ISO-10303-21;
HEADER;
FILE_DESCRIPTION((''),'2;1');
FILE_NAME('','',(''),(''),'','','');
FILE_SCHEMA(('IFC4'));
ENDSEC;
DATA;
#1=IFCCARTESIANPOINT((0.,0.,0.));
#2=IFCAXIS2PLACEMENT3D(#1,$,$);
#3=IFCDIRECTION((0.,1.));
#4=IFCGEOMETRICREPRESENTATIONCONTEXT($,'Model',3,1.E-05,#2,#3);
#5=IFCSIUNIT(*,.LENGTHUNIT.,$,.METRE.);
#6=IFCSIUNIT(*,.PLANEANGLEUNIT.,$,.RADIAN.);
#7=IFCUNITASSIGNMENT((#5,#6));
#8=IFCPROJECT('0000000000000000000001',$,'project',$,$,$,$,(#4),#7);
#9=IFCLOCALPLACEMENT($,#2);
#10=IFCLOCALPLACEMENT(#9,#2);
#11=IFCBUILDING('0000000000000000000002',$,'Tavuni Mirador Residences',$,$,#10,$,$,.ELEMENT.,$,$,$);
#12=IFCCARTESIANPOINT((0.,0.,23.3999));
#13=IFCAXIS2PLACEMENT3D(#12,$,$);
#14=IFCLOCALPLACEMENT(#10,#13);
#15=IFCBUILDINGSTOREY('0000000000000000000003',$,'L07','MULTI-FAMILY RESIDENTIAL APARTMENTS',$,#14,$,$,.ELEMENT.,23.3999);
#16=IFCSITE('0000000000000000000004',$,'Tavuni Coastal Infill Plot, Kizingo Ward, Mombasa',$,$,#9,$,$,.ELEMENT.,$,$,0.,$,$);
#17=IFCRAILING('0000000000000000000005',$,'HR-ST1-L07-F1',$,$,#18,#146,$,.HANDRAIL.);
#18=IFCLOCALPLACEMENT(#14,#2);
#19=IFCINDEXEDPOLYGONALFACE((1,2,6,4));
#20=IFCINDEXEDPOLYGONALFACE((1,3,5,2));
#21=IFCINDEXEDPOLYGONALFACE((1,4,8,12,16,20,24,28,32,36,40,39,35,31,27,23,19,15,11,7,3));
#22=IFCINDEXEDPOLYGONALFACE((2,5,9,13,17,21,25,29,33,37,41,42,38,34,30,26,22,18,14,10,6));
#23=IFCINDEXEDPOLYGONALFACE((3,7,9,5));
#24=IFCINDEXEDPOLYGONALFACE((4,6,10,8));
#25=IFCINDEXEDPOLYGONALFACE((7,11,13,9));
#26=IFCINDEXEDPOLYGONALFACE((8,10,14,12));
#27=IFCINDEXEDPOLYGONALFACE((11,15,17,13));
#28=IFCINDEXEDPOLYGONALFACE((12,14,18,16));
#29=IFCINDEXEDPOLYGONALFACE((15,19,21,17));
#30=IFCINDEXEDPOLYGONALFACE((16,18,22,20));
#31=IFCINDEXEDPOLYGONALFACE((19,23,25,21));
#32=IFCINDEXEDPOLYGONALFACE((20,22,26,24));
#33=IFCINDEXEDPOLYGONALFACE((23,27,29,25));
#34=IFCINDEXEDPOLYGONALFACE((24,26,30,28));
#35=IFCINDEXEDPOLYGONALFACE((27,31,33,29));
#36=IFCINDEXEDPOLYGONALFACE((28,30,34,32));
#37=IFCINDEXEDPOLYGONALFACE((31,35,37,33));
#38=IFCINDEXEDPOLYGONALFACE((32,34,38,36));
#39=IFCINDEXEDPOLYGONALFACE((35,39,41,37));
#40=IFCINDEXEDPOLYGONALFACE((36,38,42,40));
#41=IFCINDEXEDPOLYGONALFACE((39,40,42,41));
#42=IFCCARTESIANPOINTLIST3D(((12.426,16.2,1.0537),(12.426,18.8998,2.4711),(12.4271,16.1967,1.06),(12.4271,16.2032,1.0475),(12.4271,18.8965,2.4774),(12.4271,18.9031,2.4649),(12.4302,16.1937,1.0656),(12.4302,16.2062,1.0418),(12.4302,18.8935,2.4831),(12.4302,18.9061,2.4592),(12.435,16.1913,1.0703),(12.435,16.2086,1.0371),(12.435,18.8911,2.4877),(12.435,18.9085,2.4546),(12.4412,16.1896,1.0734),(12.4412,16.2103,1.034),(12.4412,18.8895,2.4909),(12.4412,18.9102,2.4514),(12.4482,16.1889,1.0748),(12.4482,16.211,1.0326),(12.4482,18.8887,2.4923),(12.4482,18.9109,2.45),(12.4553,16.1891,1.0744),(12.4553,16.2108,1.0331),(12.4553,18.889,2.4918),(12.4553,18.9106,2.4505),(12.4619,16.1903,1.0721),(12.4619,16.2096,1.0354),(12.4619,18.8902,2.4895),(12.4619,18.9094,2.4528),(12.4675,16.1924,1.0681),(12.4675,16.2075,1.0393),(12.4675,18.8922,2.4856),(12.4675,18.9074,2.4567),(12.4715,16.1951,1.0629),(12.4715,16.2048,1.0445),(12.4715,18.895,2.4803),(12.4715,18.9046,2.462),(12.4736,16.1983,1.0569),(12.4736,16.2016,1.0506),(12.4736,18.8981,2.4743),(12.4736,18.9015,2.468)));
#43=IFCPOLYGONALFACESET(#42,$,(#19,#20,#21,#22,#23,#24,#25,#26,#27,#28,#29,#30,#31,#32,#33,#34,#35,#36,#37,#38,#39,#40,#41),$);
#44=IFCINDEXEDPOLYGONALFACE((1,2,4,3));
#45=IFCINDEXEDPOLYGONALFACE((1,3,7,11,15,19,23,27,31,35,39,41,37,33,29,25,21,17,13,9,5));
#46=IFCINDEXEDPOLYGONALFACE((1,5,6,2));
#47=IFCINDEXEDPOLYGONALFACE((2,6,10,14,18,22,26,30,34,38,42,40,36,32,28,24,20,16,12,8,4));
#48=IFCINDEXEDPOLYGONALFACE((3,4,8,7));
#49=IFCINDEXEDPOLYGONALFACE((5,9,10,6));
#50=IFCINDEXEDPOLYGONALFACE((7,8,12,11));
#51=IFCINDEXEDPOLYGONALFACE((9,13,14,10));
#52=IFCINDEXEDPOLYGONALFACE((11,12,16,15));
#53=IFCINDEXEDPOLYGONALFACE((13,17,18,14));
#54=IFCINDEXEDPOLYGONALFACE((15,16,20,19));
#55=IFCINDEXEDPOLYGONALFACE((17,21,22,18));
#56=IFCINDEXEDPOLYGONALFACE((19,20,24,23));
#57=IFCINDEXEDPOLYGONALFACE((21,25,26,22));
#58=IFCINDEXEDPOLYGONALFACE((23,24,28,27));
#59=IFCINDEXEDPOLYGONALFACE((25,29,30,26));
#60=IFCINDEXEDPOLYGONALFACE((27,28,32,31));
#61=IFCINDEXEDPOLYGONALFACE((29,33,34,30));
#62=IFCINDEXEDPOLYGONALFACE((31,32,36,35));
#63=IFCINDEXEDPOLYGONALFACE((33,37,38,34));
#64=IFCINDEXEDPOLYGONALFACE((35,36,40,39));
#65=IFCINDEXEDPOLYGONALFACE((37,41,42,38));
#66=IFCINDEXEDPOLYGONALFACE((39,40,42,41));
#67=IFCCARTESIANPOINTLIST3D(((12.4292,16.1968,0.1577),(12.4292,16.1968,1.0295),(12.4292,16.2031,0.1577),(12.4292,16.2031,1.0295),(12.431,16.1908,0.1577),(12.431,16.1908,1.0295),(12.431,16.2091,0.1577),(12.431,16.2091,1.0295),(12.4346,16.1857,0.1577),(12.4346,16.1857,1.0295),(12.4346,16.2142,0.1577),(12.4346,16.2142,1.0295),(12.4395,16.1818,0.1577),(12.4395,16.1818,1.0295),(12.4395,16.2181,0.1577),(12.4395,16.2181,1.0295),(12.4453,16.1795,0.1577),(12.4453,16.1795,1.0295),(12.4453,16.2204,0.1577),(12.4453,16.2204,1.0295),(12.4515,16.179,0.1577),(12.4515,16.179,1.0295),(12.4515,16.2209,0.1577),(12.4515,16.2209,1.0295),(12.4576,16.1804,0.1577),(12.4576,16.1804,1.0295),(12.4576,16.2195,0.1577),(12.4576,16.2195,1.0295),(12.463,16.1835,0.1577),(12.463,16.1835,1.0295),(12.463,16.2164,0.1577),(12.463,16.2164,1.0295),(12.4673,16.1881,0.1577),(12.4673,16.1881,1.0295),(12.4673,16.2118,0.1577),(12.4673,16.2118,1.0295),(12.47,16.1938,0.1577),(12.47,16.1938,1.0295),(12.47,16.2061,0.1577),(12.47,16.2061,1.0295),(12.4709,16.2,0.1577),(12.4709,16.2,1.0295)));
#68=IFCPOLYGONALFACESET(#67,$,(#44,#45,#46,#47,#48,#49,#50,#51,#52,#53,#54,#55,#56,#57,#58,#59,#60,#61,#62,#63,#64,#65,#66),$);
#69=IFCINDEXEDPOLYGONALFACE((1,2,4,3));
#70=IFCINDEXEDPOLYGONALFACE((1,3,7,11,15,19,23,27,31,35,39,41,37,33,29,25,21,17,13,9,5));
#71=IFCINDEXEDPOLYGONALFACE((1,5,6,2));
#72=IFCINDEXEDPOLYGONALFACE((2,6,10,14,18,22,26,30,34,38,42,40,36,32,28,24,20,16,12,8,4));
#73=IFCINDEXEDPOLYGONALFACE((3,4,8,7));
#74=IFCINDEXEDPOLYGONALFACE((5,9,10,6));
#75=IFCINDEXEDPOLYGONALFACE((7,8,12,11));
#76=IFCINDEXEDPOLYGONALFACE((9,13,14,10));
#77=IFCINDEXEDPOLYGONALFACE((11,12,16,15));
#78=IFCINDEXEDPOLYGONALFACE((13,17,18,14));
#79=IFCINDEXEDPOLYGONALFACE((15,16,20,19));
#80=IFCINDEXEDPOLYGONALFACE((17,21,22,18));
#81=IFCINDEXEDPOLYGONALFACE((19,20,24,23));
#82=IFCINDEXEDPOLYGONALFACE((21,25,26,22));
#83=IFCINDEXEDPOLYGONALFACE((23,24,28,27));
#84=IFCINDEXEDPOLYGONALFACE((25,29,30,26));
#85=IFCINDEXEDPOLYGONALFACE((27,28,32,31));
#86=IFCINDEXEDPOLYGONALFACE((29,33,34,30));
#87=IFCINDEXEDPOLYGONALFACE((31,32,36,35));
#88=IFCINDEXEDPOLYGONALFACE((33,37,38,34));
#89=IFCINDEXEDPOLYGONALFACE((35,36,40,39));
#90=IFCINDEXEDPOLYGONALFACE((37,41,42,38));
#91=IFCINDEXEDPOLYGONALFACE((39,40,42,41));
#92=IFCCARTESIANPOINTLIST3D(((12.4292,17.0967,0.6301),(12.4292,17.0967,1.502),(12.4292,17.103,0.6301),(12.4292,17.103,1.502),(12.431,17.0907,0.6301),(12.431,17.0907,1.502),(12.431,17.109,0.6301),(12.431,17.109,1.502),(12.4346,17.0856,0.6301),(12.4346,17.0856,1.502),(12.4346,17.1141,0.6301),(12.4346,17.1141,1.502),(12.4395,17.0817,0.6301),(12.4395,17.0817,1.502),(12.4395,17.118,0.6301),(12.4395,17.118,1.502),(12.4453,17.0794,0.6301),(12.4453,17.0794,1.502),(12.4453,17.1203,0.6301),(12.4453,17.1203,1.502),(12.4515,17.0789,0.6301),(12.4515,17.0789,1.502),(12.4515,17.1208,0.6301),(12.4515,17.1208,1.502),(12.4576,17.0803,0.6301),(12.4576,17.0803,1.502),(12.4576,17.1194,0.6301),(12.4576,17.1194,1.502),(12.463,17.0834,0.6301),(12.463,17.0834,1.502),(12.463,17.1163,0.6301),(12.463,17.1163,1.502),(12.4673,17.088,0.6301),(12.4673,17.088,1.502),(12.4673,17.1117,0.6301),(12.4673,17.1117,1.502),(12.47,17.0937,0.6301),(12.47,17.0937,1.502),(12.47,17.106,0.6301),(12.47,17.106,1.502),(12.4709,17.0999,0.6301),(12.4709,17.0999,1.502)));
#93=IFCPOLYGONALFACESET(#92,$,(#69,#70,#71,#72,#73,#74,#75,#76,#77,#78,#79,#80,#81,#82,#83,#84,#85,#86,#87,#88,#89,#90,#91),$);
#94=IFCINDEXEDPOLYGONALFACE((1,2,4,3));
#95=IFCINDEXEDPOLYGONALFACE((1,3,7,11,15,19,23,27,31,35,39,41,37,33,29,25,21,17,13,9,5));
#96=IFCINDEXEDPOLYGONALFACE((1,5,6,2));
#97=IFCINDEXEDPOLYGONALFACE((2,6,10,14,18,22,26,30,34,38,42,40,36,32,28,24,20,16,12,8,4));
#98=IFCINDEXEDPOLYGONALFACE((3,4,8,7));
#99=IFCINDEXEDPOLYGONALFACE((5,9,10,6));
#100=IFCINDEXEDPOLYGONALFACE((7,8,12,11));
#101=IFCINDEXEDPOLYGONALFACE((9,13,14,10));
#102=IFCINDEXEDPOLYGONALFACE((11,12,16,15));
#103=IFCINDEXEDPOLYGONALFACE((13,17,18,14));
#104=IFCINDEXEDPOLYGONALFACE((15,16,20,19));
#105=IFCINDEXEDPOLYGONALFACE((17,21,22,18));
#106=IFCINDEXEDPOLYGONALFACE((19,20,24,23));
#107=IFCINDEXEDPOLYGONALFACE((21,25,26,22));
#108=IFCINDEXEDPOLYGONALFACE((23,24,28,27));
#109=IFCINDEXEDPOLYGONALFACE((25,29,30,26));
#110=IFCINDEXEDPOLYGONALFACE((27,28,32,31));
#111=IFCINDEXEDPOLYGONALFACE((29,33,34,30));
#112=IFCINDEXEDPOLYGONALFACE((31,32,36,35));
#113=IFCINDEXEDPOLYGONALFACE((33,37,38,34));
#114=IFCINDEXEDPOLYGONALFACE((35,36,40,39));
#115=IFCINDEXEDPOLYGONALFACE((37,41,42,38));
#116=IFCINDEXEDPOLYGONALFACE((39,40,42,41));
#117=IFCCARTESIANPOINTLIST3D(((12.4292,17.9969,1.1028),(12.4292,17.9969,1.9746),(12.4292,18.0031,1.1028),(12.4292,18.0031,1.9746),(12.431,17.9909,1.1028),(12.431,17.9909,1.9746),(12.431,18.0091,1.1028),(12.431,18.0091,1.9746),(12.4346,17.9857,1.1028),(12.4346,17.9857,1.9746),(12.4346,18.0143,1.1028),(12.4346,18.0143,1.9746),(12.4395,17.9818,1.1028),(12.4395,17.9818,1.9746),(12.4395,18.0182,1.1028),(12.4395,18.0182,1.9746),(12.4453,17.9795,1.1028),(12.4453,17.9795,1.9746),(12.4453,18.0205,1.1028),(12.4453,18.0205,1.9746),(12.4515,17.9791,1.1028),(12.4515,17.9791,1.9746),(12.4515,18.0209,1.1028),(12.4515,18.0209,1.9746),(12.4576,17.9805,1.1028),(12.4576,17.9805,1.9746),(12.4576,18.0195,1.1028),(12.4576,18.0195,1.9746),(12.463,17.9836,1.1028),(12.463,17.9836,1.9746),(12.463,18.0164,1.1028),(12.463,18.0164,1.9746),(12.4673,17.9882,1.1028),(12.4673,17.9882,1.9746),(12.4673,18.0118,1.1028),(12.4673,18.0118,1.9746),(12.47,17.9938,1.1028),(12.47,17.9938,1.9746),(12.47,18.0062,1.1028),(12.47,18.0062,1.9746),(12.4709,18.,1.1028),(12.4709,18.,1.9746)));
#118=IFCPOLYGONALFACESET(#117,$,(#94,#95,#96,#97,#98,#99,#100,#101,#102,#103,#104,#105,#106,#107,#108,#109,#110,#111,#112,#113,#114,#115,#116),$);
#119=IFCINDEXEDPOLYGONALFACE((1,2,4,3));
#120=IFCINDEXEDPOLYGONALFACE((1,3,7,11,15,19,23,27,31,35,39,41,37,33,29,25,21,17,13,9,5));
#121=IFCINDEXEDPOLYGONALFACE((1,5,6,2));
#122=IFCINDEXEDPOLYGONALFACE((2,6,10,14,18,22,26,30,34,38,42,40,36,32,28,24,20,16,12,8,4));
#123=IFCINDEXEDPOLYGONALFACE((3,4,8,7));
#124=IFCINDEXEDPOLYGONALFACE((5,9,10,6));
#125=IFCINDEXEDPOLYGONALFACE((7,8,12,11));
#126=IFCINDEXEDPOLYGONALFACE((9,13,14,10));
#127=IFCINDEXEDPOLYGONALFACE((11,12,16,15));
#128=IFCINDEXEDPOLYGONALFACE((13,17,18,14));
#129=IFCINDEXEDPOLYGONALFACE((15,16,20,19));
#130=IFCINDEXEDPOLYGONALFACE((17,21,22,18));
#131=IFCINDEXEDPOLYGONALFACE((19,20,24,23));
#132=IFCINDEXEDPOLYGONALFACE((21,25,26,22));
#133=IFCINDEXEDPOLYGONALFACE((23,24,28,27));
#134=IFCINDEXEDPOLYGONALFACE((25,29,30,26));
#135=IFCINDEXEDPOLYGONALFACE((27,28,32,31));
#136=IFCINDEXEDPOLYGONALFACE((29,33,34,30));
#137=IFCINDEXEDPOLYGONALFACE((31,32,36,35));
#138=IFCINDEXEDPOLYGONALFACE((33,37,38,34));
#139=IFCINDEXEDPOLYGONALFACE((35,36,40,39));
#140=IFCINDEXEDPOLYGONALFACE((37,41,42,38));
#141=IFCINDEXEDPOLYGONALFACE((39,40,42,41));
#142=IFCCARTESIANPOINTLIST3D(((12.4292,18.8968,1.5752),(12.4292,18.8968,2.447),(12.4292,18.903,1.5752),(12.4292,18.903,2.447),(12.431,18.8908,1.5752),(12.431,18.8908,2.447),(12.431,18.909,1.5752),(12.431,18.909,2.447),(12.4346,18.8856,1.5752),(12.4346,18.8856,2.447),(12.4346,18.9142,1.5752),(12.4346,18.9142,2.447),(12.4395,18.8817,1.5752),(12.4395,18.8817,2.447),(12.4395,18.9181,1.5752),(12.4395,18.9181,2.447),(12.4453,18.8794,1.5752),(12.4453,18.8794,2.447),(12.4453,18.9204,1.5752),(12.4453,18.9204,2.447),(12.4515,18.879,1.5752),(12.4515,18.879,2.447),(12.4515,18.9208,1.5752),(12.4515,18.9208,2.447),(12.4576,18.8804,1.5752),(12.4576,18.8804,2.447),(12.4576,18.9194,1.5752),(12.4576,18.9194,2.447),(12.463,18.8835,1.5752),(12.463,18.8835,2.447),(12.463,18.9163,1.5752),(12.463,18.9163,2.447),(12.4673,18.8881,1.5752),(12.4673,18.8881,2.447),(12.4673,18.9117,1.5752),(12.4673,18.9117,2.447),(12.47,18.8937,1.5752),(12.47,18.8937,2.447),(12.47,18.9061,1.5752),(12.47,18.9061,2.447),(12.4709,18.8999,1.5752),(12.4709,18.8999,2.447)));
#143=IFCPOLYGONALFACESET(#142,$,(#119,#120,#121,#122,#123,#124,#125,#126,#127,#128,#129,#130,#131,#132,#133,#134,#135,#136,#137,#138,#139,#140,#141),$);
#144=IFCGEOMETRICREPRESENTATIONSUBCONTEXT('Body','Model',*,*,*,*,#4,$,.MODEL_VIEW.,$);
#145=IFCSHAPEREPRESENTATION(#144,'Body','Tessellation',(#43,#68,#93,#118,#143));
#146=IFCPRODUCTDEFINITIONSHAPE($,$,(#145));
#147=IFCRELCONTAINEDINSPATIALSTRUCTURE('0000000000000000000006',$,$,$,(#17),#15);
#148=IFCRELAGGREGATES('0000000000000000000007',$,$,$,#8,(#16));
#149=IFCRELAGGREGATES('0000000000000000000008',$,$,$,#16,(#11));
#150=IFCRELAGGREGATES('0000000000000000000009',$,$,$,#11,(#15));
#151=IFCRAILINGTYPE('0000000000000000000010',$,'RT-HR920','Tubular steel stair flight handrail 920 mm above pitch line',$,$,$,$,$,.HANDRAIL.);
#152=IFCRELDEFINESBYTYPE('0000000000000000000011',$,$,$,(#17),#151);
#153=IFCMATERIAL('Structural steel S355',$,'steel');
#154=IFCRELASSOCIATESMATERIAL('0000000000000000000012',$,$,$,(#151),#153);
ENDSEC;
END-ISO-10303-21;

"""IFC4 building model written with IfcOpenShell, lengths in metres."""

from ifc_helpers import new_model, si_unit, direction, frame, origin, origin_2d, place, context, subcontext, project, spatial, circle, extrude, material, type_object, element, save


model = new_model("IFC4")

# Units and contexts
model_context = context("Model", 3, precision=1e-05, world=origin(), true_north=direction((0.0, 1.0)))
body_context = subcontext(model_context, "Body", "Model", "MODEL_VIEW")
ifc_project = project(units=[si_unit("LENGTHUNIT", "METRE"), si_unit("PLANEANGLEUNIT", "RADIAN")], contexts=[model_context])

# Site, building, storey
site_placement = place(None, origin())
site = spatial("IfcSite", under=ifc_project, at=site_placement, Name="Tavuni Coastal Infill Plot, Kizingo Ward, Mombasa", CompositionType="ELEMENT", RefElevation=0.0)
building_placement = place(site_placement, origin())
building = spatial("IfcBuilding", under=site, at=building_placement, Name="Tavuni Mirador Residences", CompositionType="ELEMENT")
storey_placement = place(building_placement, frame((0.0, 0.0, 23.3999)))
storey = spatial("IfcBuildingStorey", under=building, at=storey_placement, Name="L07", Description="MULTI-FAMILY RESIDENTIAL APARTMENTS", CompositionType="ELEMENT", Elevation=23.3999)

# Shared definitions
ifc_material_1 = material(Name="Structural steel S355", Category="steel")

# Railing
railing_type_1 = type_object("IfcRailingType", Name="RT-HR920", Description="Tubular steel stair flight handrail 920 mm above pitch line", PredefinedType="HANDRAIL", material=ifc_material_1)
railing_1_placement = place(storey_placement, frame((12.45, 16.2, 0.1577)))
element("IfcRailing", 1, at=railing_1_placement, inside=storey, type_object=railing_type_1, Name="HR-ST1-L07-F1", PredefinedType="HANDRAIL", context=body_context, shape_type="SweptSolid", body=[
    extrude(circle(Radius=0.0239, at=origin_2d()), frame((0.0, 0.0, 0.896), z_axis=(0.0, 0.885397, 0.464835), x_axis=(-1.0, 0.0, 0.0)), (0.0, 0.0, 1.0), 3.0493),
    extrude(circle(Radius=0.021, at=origin_2d()), origin(), (0.0, 0.0, 1.0), 0.8718),
    extrude(circle(Radius=0.021, at=origin_2d()), frame((0.0, 0.8999, 0.4724)), (0.0, 0.0, 1.0), 0.8718),
    extrude(circle(Radius=0.021, at=origin_2d()), frame((0.0, 1.8, 0.9451)), (0.0, 0.0, 1.0), 0.8718),
    extrude(circle(Radius=0.021, at=origin_2d()), frame((0.0, 2.7, 1.4175)), (0.0, 0.0, 1.0), 0.8718),
])

save(model, "model.ifc")
